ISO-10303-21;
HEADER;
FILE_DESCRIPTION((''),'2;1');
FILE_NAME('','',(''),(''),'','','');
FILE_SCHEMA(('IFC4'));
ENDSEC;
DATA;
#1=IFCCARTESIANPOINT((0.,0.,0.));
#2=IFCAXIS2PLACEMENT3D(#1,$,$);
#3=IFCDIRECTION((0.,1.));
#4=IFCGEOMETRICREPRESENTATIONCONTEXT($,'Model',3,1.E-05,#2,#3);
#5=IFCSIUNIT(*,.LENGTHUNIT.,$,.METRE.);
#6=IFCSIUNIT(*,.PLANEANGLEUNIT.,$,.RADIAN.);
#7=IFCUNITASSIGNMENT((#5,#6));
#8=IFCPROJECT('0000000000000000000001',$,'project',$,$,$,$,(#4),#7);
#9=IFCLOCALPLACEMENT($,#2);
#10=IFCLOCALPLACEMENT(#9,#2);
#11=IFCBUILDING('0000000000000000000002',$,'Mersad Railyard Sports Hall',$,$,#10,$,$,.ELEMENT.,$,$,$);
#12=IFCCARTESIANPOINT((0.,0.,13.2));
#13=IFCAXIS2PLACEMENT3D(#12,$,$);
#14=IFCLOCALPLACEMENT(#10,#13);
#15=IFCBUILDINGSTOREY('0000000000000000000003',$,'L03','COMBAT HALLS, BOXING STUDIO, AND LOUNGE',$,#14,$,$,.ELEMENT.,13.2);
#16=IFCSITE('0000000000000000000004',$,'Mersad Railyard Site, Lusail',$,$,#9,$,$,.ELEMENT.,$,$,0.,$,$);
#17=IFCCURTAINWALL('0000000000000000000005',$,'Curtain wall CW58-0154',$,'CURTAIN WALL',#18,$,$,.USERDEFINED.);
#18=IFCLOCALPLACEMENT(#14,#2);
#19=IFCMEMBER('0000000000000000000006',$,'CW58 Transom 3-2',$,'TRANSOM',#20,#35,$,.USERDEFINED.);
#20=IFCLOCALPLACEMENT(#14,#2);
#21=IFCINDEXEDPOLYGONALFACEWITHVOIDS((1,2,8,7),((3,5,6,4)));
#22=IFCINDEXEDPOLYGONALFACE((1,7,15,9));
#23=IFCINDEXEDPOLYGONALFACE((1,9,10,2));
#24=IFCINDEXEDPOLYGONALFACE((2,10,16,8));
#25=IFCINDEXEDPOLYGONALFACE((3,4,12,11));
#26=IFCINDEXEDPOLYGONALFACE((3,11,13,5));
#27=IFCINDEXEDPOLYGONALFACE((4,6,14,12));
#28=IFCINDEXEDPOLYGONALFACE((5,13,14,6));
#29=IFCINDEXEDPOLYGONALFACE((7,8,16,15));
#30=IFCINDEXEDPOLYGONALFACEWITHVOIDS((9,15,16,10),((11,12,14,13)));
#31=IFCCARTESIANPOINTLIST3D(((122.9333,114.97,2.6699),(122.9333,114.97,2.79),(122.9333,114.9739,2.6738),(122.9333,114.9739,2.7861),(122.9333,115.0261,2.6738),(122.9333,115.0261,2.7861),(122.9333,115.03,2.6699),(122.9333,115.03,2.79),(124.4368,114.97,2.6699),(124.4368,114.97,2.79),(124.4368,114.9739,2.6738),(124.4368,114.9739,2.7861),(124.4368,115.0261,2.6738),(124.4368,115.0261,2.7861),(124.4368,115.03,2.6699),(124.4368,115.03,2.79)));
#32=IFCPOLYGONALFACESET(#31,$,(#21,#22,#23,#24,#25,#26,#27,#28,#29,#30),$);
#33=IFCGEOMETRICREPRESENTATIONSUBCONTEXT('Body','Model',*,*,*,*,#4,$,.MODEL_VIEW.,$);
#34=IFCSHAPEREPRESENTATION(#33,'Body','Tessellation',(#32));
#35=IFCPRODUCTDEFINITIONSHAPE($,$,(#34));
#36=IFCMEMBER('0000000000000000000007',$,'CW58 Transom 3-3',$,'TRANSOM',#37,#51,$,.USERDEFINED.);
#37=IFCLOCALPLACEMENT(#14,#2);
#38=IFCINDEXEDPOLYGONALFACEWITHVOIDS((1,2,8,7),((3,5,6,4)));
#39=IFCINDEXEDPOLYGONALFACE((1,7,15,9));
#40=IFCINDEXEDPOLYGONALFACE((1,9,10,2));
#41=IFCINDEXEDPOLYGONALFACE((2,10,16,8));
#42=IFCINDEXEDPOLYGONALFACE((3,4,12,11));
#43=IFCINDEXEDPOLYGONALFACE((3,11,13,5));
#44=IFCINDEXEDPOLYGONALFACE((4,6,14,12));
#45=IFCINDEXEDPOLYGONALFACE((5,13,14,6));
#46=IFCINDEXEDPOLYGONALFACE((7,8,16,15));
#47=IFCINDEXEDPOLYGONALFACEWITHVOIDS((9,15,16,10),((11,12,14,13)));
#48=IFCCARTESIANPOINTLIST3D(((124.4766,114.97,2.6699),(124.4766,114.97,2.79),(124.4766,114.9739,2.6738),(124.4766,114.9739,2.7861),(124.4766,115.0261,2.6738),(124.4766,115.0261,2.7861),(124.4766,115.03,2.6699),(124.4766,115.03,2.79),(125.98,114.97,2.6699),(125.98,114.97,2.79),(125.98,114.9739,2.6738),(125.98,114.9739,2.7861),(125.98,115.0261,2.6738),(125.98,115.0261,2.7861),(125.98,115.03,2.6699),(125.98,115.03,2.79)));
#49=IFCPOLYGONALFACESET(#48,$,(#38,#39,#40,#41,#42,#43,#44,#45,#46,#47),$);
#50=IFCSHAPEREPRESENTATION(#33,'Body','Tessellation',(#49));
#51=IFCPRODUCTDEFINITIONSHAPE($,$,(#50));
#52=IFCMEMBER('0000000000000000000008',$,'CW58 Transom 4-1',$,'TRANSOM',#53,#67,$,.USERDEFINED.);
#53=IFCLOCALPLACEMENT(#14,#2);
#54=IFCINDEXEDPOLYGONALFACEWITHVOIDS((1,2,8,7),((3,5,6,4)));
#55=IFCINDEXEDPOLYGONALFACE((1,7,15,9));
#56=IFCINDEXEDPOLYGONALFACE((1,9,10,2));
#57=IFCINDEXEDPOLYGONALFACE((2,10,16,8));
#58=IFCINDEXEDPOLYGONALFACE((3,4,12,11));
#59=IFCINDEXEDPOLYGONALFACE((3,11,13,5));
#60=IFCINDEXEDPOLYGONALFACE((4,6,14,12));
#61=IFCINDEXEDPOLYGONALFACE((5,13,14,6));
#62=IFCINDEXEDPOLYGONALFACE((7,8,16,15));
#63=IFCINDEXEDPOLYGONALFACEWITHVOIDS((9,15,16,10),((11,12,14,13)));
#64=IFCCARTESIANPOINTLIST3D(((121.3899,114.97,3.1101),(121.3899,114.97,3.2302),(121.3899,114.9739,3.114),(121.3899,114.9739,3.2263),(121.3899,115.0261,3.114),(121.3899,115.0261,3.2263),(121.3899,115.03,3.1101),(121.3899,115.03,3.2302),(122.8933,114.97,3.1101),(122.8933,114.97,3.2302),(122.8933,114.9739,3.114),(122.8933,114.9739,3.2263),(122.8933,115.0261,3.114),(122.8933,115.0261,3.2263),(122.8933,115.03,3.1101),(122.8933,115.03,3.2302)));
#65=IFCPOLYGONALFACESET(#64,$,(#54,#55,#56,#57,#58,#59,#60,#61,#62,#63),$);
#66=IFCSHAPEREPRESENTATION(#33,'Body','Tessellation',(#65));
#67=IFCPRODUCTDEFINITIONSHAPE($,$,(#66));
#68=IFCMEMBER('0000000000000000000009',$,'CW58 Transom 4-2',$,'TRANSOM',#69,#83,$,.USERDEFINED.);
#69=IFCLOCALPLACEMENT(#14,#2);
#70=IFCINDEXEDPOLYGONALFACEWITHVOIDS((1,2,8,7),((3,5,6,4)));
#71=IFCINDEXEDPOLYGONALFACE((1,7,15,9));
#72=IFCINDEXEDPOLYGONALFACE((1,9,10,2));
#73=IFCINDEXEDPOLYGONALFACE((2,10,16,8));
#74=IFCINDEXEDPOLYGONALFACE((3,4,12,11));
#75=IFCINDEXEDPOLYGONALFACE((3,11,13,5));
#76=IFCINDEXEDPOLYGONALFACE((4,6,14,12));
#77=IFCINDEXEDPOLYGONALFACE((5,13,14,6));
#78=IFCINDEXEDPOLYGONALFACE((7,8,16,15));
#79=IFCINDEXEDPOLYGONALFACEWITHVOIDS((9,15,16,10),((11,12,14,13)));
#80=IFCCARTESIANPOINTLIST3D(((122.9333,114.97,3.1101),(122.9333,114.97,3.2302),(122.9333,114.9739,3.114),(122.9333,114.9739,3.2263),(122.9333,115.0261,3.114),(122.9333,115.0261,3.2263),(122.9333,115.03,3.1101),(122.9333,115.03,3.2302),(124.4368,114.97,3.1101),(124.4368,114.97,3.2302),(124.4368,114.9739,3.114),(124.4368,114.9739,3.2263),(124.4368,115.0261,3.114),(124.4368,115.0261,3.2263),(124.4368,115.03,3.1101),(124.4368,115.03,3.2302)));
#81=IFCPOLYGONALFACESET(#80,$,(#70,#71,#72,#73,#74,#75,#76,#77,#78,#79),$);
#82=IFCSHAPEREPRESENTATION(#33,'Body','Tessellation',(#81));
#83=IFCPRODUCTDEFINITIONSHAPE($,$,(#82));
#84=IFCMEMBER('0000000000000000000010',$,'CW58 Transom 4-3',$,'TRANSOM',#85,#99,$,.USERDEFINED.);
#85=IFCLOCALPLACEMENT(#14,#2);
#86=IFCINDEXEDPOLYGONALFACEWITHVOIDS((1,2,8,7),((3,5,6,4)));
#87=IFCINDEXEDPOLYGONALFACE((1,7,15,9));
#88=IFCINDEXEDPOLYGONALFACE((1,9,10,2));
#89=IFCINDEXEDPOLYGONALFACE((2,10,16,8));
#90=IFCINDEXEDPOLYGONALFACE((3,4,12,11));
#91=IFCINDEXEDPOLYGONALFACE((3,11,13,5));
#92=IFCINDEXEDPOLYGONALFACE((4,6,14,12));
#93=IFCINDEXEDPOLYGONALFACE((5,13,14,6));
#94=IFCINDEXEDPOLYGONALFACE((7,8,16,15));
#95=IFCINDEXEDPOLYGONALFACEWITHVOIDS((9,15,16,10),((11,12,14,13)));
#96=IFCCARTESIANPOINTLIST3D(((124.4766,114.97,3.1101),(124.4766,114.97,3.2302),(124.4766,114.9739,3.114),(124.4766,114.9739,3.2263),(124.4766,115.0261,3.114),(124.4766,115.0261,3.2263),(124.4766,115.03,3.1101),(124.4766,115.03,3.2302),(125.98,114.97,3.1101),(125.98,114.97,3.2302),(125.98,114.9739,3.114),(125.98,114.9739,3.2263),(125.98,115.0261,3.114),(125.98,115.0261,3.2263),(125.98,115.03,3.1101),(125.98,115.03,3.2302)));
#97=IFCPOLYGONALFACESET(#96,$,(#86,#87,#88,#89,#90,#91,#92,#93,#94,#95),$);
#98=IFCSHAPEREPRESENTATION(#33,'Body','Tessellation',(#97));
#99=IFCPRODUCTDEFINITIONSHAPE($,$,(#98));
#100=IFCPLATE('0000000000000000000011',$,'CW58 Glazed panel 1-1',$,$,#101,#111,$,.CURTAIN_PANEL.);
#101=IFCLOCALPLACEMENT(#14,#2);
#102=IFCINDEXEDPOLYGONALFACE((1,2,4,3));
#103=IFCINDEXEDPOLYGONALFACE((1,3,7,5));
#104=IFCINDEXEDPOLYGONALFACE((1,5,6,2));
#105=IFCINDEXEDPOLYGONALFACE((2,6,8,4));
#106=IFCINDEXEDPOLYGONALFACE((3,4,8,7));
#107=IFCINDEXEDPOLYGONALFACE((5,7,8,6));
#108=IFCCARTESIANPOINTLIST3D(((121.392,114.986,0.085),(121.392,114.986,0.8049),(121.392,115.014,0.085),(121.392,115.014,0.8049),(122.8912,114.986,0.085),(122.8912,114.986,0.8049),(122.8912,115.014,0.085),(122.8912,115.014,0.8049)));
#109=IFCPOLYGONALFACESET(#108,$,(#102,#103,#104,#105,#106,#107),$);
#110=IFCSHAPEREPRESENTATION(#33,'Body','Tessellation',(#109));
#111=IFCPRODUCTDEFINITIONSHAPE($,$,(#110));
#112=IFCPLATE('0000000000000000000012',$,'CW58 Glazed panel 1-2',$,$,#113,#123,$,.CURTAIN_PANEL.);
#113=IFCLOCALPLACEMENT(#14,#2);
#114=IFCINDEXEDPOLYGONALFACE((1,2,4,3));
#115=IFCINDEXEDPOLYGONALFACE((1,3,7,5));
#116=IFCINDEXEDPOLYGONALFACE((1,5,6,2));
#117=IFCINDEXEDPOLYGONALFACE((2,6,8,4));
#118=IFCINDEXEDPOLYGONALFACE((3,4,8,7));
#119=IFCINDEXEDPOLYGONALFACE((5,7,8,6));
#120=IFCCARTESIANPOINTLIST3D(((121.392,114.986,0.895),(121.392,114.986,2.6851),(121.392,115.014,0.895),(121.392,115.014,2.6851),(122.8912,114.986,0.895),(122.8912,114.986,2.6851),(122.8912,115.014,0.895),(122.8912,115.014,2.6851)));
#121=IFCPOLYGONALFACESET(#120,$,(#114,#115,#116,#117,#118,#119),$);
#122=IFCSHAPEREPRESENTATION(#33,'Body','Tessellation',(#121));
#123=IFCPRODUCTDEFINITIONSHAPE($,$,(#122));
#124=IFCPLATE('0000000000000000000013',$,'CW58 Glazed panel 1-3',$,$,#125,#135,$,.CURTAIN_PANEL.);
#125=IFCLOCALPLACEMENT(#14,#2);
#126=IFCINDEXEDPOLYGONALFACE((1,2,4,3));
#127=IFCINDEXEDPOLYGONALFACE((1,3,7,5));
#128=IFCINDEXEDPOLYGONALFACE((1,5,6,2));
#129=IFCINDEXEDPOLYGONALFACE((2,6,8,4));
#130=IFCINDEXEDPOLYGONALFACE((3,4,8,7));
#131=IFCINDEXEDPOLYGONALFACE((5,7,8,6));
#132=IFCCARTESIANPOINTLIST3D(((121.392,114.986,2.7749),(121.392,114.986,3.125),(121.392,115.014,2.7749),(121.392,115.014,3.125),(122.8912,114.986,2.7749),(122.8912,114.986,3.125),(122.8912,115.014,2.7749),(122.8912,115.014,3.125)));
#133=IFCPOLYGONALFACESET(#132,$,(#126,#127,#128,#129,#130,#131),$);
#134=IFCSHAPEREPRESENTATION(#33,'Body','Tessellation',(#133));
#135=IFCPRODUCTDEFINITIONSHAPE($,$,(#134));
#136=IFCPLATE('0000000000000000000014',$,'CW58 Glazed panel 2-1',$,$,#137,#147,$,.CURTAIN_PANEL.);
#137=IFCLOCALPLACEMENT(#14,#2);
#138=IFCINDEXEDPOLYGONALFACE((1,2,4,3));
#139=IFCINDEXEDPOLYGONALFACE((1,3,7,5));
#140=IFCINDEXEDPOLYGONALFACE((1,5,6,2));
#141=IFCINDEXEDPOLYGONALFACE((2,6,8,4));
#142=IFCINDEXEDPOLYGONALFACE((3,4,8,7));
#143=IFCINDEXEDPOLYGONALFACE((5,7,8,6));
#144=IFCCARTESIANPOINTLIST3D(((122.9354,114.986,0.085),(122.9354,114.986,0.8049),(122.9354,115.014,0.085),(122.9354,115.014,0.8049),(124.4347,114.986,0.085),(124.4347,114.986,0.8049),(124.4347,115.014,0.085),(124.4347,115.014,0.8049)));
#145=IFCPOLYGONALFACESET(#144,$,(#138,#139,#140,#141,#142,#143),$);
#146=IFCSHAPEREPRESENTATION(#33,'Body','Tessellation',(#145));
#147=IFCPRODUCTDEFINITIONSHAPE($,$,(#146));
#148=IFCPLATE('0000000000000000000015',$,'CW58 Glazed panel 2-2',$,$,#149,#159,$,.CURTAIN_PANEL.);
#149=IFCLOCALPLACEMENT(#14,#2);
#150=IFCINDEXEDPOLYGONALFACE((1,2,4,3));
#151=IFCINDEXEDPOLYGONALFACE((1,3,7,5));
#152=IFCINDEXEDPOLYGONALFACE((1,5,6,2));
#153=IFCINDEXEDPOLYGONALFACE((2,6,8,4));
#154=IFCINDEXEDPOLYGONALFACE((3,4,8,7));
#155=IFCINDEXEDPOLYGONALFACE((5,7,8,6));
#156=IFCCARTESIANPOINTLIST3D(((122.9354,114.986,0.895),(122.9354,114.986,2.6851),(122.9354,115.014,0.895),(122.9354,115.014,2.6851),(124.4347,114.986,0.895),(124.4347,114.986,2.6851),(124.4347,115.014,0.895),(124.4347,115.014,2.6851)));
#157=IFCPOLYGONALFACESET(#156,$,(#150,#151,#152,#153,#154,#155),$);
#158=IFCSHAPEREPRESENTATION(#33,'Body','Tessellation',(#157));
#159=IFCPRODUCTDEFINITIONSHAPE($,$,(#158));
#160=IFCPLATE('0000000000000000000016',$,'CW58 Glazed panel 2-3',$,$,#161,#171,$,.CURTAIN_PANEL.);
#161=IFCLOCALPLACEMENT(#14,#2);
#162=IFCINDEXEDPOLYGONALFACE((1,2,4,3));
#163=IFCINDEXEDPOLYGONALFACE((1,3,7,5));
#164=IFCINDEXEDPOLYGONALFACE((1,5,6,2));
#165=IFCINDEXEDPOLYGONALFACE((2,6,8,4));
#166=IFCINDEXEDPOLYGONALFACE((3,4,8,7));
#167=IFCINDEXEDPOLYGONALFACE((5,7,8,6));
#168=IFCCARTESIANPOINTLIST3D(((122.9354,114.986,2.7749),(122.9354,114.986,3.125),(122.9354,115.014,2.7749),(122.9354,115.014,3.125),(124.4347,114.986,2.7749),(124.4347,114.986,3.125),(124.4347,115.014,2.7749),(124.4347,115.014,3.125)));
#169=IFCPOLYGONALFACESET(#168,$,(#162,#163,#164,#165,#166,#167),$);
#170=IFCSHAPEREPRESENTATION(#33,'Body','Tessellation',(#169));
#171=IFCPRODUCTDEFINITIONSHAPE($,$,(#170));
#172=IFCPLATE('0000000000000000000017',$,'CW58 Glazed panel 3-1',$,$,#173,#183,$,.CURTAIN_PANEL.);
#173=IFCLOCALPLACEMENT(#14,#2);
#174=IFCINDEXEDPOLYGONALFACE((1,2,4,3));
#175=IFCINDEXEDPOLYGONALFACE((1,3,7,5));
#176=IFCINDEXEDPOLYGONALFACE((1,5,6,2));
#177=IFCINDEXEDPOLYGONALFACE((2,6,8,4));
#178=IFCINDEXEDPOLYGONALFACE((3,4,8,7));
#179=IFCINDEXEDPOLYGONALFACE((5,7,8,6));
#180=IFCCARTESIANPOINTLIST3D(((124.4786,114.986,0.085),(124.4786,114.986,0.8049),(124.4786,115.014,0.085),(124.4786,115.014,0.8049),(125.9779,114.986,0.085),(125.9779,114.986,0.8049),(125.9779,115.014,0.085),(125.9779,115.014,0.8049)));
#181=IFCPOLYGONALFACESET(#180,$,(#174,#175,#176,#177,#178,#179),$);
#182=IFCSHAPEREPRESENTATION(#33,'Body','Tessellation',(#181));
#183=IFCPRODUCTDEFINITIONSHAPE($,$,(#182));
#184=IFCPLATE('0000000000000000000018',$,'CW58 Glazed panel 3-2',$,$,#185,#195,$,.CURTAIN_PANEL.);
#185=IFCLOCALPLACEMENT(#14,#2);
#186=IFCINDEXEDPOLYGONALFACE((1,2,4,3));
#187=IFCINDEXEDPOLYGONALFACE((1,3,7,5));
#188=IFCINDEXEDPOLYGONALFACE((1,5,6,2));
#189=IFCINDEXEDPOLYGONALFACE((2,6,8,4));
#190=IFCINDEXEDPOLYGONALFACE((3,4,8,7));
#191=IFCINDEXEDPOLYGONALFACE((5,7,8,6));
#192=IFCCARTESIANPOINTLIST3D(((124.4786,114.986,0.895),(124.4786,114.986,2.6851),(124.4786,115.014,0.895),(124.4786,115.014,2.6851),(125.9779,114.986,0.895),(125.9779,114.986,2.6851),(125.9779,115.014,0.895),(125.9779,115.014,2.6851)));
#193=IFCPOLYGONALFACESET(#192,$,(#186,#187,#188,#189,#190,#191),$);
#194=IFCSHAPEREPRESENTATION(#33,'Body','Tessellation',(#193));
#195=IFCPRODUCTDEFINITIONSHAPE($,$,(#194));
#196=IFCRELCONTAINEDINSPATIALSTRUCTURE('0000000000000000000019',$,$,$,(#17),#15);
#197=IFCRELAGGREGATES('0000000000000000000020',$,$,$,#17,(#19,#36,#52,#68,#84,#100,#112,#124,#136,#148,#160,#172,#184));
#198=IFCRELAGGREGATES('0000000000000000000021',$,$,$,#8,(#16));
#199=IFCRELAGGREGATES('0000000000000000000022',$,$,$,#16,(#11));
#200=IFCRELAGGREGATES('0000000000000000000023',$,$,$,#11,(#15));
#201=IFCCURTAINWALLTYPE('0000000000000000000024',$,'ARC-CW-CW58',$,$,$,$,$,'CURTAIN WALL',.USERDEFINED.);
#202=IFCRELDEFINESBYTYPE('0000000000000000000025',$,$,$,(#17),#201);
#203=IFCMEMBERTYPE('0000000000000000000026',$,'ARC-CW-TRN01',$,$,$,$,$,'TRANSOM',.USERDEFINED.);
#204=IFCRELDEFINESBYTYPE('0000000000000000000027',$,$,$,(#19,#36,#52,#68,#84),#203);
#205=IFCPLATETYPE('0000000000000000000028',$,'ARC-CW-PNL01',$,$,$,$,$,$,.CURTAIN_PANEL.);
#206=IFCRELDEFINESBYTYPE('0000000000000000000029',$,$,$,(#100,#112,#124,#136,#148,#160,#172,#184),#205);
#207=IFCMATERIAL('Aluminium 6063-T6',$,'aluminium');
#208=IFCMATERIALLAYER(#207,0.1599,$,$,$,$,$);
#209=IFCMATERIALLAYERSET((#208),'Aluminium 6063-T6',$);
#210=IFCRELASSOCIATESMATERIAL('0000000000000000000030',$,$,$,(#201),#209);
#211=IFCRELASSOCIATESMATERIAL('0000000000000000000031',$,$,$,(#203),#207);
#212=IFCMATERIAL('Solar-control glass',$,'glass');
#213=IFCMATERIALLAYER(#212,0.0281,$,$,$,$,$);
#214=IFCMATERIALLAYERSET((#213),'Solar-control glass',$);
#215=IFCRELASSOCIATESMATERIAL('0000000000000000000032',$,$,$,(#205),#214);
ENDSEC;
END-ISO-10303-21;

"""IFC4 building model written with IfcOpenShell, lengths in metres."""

from ifc_helpers import new_model, si_unit, direction, frame, origin, origin_2d, place, context, subcontext, project, spatial, rectangle, hollow_rectangle, extrude, material, layer, layer_set, material_profile, profile_set, type_object, element, aggregate, save


model = new_model("IFC4")

# Units and contexts
model_context = context("Model", 3, precision=1e-05, world=origin(), true_north=direction((0.0, 1.0)))
body_context = subcontext(model_context, "Body", "Model", "MODEL_VIEW")
ifc_project = project(units=[si_unit("LENGTHUNIT", "METRE"), si_unit("PLANEANGLEUNIT", "RADIAN")], contexts=[model_context])

# Site, building, storey
site_placement = place(None, origin())
site = spatial("IfcSite", under=ifc_project, at=site_placement, Name="Mersad Railyard Site, Lusail", CompositionType="ELEMENT", RefElevation=0.0)
building_placement = place(site_placement, origin())
building = spatial("IfcBuilding", under=site, at=building_placement, Name="Mersad Railyard Sports Hall", CompositionType="ELEMENT")
storey_placement = place(building_placement, frame((0.0, 0.0, 13.2)))
storey = spatial("IfcBuildingStorey", under=building, at=storey_placement, Name="L03", Description="COMBAT HALLS, BOXING STUDIO, AND LOUNGE", CompositionType="ELEMENT", Elevation=13.2)

# Curtain wall, members, plates
ifc_material_1 = material(Name="Aluminium 6063-T6", Category="aluminium")
ifc_layer_1 = layer(ifc_material_1, 0.1599)
ifc_layer_set_1 = layer_set([ifc_layer_1], Name="Aluminium 6063-T6")
curtain_wall_type = type_object("IfcCurtainWallType", Name="ARC-CW-CW58", ElementType="CURTAIN WALL", PredefinedType="USERDEFINED", material=ifc_layer_set_1)
curtain_wall_placement = place(storey_placement, origin())
curtain_wall = element("IfcCurtainWall", 1, at=curtain_wall_placement, inside=storey, type_object=curtain_wall_type, Name="Curtain wall CW58-0154", ObjectType="CURTAIN WALL", PredefinedType="USERDEFINED")
ifc_material_profile_1 = material_profile(ifc_material_1, hollow_rectangle(XDim=0.0601, YDim=0.1201, WallThickness=0.0039, at=origin_2d()), Name="AL TRANSOM 60x120x4")
ifc_profile_set_1 = profile_set([ifc_material_profile_1], Name="Aluminium 6063-T6")
member_type_1 = type_object("IfcMemberType", Name="ARC-CW-TRN01", ElementType="TRANSOM", PredefinedType="USERDEFINED", material=ifc_profile_set_1)
member_1_placement = place(storey_placement, frame((122.9333, 115.0, 2.73), z_axis=(1.0, 0.0, 0.0), x_axis=(0.0, 1.0, 0.0)))
member_1 = element("IfcMember", 2, at=member_1_placement, type_object=member_type_1, Name="CW58 Transom 3-2", ObjectType="TRANSOM", PredefinedType="USERDEFINED", context=body_context, shape_type="SweptSolid", body=[
    extrude(hollow_rectangle(XDim=0.0601, YDim=0.1201, WallThickness=0.0039, at=origin_2d()), origin(), (0.0, 0.0, 1.0), 1.5034),
])
member_2_placement = place(storey_placement, frame((124.4766, 115.0, 2.73), z_axis=(1.0, 0.0, 0.0), x_axis=(0.0, 1.0, 0.0)))
member_2 = element("IfcMember", 3, at=member_2_placement, type_object=member_type_1, Name="CW58 Transom 3-3", ObjectType="TRANSOM", PredefinedType="USERDEFINED", context=body_context, shape_type="SweptSolid", body=[
    extrude(hollow_rectangle(XDim=0.0601, YDim=0.1201, WallThickness=0.0039, at=origin_2d()), origin(), (0.0, 0.0, 1.0), 1.5034),
])
member_3_placement = place(storey_placement, frame((121.3899, 115.0, 3.1702), z_axis=(1.0, 0.0, 0.0), x_axis=(0.0, 1.0, 0.0)))
member_3 = element("IfcMember", 4, at=member_3_placement, type_object=member_type_1, Name="CW58 Transom 4-1", ObjectType="TRANSOM", PredefinedType="USERDEFINED", context=body_context, shape_type="SweptSolid", body=[
    extrude(hollow_rectangle(XDim=0.0601, YDim=0.1201, WallThickness=0.0039, at=origin_2d()), origin(), (0.0, 0.0, 1.0), 1.5034),
])
member_4_placement = place(storey_placement, frame((122.9333, 115.0, 3.1702), z_axis=(1.0, 0.0, 0.0), x_axis=(0.0, 1.0, 0.0)))
member_4 = element("IfcMember", 5, at=member_4_placement, type_object=member_type_1, Name="CW58 Transom 4-2", ObjectType="TRANSOM", PredefinedType="USERDEFINED", context=body_context, shape_type="SweptSolid", body=[
    extrude(hollow_rectangle(XDim=0.0601, YDim=0.1201, WallThickness=0.0039, at=origin_2d()), origin(), (0.0, 0.0, 1.0), 1.5034),
])
member_5_placement = place(storey_placement, frame((124.4766, 115.0, 3.1702), z_axis=(1.0, 0.0, 0.0), x_axis=(0.0, 1.0, 0.0)))
member_5 = element("IfcMember", 6, at=member_5_placement, type_object=member_type_1, Name="CW58 Transom 4-3", ObjectType="TRANSOM", PredefinedType="USERDEFINED", context=body_context, shape_type="SweptSolid", body=[
    extrude(hollow_rectangle(XDim=0.0601, YDim=0.1201, WallThickness=0.0039, at=origin_2d()), origin(), (0.0, 0.0, 1.0), 1.5034),
])
ifc_material_2 = material(Name="Solar-control glass", Category="glass")
ifc_layer_2 = layer(ifc_material_2, 0.0281)
ifc_layer_set_2 = layer_set([ifc_layer_2], Name="Solar-control glass")
plate_type = type_object("IfcPlateType", Name="ARC-CW-PNL01", PredefinedType="CURTAIN_PANEL", material=ifc_layer_set_2)
plate_1_placement = place(storey_placement, frame((122.1416, 115.0, 0.085), z_axis=(0.0, 0.0, 1.0), x_axis=(1.0, 0.0, 0.0)))
plate_1 = element("IfcPlate", 7, at=plate_1_placement, type_object=plate_type, Name="CW58 Glazed panel 1-1", PredefinedType="CURTAIN_PANEL", context=body_context, shape_type="SweptSolid", body=[
    extrude(rectangle(XDim=1.4993, YDim=0.0281, at=origin_2d()), origin(), (0.0, 0.0, 1.0), 0.72),
])
plate_2_placement = place(storey_placement, frame((122.1416, 115.0, 0.895), z_axis=(0.0, 0.0, 1.0), x_axis=(1.0, 0.0, 0.0)))
plate_2 = element("IfcPlate", 8, at=plate_2_placement, type_object=plate_type, Name="CW58 Glazed panel 1-2", PredefinedType="CURTAIN_PANEL", context=body_context, shape_type="SweptSolid", body=[
    extrude(rectangle(XDim=1.4993, YDim=0.0281, at=origin_2d()), origin(), (0.0, 0.0, 1.0), 1.79),
])
plate_3_placement = place(storey_placement, frame((122.1416, 115.0, 2.7749), z_axis=(0.0, 0.0, 1.0), x_axis=(1.0, 0.0, 0.0)))
plate_3 = element("IfcPlate", 9, at=plate_3_placement, type_object=plate_type, Name="CW58 Glazed panel 1-3", PredefinedType="CURTAIN_PANEL", context=body_context, shape_type="SweptSolid", body=[
    extrude(rectangle(XDim=1.4993, YDim=0.0281, at=origin_2d()), origin(), (0.0, 0.0, 1.0), 0.3501),
])
plate_4_placement = place(storey_placement, frame((123.6851, 115.0, 0.085), z_axis=(0.0, 0.0, 1.0), x_axis=(1.0, 0.0, 0.0)))
plate_4 = element("IfcPlate", 10, at=plate_4_placement, type_object=plate_type, Name="CW58 Glazed panel 2-1", PredefinedType="CURTAIN_PANEL", context=body_context, shape_type="SweptSolid", body=[
    extrude(rectangle(XDim=1.4993, YDim=0.0281, at=origin_2d()), origin(), (0.0, 0.0, 1.0), 0.72),
])
plate_5_placement = place(storey_placement, frame((123.6851, 115.0, 0.895), z_axis=(0.0, 0.0, 1.0), x_axis=(1.0, 0.0, 0.0)))
plate_5 = element("IfcPlate", 11, at=plate_5_placement, type_object=plate_type, Name="CW58 Glazed panel 2-2", PredefinedType="CURTAIN_PANEL", context=body_context, shape_type="SweptSolid", body=[
    extrude(rectangle(XDim=1.4993, YDim=0.0281, at=origin_2d()), origin(), (0.0, 0.0, 1.0), 1.79),
])
plate_6_placement = place(storey_placement, frame((123.6851, 115.0, 2.7749), z_axis=(0.0, 0.0, 1.0), x_axis=(1.0, 0.0, 0.0)))
plate_6 = element("IfcPlate", 12, at=plate_6_placement, type_object=plate_type, Name="CW58 Glazed panel 2-3", PredefinedType="CURTAIN_PANEL", context=body_context, shape_type="SweptSolid", body=[
    extrude(rectangle(XDim=1.4993, YDim=0.0281, at=origin_2d()), origin(), (0.0, 0.0, 1.0), 0.3501),
])
plate_7_placement = place(storey_placement, frame((125.2283, 115.0, 0.085), z_axis=(0.0, 0.0, 1.0), x_axis=(1.0, 0.0, 0.0)))
plate_7 = element("IfcPlate", 13, at=plate_7_placement, type_object=plate_type, Name="CW58 Glazed panel 3-1", PredefinedType="CURTAIN_PANEL", context=body_context, shape_type="SweptSolid", body=[
    extrude(rectangle(XDim=1.4993, YDim=0.0281, at=origin_2d()), origin(), (0.0, 0.0, 1.0), 0.72),
])
plate_8_placement = place(storey_placement, frame((125.2283, 115.0, 0.895), z_axis=(0.0, 0.0, 1.0), x_axis=(1.0, 0.0, 0.0)))
plate_8 = element("IfcPlate", 14, at=plate_8_placement, type_object=plate_type, Name="CW58 Glazed panel 3-2", PredefinedType="CURTAIN_PANEL", context=body_context, shape_type="SweptSolid", body=[
    extrude(rectangle(XDim=1.4993, YDim=0.0281, at=origin_2d()), origin(), (0.0, 0.0, 1.0), 1.79),
])
aggregate(curtain_wall, [member_1, member_2, member_3, member_4, member_5, plate_1, plate_2, plate_3, plate_4, plate_5, plate_6, plate_7, plate_8])

save(model, "model.ifc")
